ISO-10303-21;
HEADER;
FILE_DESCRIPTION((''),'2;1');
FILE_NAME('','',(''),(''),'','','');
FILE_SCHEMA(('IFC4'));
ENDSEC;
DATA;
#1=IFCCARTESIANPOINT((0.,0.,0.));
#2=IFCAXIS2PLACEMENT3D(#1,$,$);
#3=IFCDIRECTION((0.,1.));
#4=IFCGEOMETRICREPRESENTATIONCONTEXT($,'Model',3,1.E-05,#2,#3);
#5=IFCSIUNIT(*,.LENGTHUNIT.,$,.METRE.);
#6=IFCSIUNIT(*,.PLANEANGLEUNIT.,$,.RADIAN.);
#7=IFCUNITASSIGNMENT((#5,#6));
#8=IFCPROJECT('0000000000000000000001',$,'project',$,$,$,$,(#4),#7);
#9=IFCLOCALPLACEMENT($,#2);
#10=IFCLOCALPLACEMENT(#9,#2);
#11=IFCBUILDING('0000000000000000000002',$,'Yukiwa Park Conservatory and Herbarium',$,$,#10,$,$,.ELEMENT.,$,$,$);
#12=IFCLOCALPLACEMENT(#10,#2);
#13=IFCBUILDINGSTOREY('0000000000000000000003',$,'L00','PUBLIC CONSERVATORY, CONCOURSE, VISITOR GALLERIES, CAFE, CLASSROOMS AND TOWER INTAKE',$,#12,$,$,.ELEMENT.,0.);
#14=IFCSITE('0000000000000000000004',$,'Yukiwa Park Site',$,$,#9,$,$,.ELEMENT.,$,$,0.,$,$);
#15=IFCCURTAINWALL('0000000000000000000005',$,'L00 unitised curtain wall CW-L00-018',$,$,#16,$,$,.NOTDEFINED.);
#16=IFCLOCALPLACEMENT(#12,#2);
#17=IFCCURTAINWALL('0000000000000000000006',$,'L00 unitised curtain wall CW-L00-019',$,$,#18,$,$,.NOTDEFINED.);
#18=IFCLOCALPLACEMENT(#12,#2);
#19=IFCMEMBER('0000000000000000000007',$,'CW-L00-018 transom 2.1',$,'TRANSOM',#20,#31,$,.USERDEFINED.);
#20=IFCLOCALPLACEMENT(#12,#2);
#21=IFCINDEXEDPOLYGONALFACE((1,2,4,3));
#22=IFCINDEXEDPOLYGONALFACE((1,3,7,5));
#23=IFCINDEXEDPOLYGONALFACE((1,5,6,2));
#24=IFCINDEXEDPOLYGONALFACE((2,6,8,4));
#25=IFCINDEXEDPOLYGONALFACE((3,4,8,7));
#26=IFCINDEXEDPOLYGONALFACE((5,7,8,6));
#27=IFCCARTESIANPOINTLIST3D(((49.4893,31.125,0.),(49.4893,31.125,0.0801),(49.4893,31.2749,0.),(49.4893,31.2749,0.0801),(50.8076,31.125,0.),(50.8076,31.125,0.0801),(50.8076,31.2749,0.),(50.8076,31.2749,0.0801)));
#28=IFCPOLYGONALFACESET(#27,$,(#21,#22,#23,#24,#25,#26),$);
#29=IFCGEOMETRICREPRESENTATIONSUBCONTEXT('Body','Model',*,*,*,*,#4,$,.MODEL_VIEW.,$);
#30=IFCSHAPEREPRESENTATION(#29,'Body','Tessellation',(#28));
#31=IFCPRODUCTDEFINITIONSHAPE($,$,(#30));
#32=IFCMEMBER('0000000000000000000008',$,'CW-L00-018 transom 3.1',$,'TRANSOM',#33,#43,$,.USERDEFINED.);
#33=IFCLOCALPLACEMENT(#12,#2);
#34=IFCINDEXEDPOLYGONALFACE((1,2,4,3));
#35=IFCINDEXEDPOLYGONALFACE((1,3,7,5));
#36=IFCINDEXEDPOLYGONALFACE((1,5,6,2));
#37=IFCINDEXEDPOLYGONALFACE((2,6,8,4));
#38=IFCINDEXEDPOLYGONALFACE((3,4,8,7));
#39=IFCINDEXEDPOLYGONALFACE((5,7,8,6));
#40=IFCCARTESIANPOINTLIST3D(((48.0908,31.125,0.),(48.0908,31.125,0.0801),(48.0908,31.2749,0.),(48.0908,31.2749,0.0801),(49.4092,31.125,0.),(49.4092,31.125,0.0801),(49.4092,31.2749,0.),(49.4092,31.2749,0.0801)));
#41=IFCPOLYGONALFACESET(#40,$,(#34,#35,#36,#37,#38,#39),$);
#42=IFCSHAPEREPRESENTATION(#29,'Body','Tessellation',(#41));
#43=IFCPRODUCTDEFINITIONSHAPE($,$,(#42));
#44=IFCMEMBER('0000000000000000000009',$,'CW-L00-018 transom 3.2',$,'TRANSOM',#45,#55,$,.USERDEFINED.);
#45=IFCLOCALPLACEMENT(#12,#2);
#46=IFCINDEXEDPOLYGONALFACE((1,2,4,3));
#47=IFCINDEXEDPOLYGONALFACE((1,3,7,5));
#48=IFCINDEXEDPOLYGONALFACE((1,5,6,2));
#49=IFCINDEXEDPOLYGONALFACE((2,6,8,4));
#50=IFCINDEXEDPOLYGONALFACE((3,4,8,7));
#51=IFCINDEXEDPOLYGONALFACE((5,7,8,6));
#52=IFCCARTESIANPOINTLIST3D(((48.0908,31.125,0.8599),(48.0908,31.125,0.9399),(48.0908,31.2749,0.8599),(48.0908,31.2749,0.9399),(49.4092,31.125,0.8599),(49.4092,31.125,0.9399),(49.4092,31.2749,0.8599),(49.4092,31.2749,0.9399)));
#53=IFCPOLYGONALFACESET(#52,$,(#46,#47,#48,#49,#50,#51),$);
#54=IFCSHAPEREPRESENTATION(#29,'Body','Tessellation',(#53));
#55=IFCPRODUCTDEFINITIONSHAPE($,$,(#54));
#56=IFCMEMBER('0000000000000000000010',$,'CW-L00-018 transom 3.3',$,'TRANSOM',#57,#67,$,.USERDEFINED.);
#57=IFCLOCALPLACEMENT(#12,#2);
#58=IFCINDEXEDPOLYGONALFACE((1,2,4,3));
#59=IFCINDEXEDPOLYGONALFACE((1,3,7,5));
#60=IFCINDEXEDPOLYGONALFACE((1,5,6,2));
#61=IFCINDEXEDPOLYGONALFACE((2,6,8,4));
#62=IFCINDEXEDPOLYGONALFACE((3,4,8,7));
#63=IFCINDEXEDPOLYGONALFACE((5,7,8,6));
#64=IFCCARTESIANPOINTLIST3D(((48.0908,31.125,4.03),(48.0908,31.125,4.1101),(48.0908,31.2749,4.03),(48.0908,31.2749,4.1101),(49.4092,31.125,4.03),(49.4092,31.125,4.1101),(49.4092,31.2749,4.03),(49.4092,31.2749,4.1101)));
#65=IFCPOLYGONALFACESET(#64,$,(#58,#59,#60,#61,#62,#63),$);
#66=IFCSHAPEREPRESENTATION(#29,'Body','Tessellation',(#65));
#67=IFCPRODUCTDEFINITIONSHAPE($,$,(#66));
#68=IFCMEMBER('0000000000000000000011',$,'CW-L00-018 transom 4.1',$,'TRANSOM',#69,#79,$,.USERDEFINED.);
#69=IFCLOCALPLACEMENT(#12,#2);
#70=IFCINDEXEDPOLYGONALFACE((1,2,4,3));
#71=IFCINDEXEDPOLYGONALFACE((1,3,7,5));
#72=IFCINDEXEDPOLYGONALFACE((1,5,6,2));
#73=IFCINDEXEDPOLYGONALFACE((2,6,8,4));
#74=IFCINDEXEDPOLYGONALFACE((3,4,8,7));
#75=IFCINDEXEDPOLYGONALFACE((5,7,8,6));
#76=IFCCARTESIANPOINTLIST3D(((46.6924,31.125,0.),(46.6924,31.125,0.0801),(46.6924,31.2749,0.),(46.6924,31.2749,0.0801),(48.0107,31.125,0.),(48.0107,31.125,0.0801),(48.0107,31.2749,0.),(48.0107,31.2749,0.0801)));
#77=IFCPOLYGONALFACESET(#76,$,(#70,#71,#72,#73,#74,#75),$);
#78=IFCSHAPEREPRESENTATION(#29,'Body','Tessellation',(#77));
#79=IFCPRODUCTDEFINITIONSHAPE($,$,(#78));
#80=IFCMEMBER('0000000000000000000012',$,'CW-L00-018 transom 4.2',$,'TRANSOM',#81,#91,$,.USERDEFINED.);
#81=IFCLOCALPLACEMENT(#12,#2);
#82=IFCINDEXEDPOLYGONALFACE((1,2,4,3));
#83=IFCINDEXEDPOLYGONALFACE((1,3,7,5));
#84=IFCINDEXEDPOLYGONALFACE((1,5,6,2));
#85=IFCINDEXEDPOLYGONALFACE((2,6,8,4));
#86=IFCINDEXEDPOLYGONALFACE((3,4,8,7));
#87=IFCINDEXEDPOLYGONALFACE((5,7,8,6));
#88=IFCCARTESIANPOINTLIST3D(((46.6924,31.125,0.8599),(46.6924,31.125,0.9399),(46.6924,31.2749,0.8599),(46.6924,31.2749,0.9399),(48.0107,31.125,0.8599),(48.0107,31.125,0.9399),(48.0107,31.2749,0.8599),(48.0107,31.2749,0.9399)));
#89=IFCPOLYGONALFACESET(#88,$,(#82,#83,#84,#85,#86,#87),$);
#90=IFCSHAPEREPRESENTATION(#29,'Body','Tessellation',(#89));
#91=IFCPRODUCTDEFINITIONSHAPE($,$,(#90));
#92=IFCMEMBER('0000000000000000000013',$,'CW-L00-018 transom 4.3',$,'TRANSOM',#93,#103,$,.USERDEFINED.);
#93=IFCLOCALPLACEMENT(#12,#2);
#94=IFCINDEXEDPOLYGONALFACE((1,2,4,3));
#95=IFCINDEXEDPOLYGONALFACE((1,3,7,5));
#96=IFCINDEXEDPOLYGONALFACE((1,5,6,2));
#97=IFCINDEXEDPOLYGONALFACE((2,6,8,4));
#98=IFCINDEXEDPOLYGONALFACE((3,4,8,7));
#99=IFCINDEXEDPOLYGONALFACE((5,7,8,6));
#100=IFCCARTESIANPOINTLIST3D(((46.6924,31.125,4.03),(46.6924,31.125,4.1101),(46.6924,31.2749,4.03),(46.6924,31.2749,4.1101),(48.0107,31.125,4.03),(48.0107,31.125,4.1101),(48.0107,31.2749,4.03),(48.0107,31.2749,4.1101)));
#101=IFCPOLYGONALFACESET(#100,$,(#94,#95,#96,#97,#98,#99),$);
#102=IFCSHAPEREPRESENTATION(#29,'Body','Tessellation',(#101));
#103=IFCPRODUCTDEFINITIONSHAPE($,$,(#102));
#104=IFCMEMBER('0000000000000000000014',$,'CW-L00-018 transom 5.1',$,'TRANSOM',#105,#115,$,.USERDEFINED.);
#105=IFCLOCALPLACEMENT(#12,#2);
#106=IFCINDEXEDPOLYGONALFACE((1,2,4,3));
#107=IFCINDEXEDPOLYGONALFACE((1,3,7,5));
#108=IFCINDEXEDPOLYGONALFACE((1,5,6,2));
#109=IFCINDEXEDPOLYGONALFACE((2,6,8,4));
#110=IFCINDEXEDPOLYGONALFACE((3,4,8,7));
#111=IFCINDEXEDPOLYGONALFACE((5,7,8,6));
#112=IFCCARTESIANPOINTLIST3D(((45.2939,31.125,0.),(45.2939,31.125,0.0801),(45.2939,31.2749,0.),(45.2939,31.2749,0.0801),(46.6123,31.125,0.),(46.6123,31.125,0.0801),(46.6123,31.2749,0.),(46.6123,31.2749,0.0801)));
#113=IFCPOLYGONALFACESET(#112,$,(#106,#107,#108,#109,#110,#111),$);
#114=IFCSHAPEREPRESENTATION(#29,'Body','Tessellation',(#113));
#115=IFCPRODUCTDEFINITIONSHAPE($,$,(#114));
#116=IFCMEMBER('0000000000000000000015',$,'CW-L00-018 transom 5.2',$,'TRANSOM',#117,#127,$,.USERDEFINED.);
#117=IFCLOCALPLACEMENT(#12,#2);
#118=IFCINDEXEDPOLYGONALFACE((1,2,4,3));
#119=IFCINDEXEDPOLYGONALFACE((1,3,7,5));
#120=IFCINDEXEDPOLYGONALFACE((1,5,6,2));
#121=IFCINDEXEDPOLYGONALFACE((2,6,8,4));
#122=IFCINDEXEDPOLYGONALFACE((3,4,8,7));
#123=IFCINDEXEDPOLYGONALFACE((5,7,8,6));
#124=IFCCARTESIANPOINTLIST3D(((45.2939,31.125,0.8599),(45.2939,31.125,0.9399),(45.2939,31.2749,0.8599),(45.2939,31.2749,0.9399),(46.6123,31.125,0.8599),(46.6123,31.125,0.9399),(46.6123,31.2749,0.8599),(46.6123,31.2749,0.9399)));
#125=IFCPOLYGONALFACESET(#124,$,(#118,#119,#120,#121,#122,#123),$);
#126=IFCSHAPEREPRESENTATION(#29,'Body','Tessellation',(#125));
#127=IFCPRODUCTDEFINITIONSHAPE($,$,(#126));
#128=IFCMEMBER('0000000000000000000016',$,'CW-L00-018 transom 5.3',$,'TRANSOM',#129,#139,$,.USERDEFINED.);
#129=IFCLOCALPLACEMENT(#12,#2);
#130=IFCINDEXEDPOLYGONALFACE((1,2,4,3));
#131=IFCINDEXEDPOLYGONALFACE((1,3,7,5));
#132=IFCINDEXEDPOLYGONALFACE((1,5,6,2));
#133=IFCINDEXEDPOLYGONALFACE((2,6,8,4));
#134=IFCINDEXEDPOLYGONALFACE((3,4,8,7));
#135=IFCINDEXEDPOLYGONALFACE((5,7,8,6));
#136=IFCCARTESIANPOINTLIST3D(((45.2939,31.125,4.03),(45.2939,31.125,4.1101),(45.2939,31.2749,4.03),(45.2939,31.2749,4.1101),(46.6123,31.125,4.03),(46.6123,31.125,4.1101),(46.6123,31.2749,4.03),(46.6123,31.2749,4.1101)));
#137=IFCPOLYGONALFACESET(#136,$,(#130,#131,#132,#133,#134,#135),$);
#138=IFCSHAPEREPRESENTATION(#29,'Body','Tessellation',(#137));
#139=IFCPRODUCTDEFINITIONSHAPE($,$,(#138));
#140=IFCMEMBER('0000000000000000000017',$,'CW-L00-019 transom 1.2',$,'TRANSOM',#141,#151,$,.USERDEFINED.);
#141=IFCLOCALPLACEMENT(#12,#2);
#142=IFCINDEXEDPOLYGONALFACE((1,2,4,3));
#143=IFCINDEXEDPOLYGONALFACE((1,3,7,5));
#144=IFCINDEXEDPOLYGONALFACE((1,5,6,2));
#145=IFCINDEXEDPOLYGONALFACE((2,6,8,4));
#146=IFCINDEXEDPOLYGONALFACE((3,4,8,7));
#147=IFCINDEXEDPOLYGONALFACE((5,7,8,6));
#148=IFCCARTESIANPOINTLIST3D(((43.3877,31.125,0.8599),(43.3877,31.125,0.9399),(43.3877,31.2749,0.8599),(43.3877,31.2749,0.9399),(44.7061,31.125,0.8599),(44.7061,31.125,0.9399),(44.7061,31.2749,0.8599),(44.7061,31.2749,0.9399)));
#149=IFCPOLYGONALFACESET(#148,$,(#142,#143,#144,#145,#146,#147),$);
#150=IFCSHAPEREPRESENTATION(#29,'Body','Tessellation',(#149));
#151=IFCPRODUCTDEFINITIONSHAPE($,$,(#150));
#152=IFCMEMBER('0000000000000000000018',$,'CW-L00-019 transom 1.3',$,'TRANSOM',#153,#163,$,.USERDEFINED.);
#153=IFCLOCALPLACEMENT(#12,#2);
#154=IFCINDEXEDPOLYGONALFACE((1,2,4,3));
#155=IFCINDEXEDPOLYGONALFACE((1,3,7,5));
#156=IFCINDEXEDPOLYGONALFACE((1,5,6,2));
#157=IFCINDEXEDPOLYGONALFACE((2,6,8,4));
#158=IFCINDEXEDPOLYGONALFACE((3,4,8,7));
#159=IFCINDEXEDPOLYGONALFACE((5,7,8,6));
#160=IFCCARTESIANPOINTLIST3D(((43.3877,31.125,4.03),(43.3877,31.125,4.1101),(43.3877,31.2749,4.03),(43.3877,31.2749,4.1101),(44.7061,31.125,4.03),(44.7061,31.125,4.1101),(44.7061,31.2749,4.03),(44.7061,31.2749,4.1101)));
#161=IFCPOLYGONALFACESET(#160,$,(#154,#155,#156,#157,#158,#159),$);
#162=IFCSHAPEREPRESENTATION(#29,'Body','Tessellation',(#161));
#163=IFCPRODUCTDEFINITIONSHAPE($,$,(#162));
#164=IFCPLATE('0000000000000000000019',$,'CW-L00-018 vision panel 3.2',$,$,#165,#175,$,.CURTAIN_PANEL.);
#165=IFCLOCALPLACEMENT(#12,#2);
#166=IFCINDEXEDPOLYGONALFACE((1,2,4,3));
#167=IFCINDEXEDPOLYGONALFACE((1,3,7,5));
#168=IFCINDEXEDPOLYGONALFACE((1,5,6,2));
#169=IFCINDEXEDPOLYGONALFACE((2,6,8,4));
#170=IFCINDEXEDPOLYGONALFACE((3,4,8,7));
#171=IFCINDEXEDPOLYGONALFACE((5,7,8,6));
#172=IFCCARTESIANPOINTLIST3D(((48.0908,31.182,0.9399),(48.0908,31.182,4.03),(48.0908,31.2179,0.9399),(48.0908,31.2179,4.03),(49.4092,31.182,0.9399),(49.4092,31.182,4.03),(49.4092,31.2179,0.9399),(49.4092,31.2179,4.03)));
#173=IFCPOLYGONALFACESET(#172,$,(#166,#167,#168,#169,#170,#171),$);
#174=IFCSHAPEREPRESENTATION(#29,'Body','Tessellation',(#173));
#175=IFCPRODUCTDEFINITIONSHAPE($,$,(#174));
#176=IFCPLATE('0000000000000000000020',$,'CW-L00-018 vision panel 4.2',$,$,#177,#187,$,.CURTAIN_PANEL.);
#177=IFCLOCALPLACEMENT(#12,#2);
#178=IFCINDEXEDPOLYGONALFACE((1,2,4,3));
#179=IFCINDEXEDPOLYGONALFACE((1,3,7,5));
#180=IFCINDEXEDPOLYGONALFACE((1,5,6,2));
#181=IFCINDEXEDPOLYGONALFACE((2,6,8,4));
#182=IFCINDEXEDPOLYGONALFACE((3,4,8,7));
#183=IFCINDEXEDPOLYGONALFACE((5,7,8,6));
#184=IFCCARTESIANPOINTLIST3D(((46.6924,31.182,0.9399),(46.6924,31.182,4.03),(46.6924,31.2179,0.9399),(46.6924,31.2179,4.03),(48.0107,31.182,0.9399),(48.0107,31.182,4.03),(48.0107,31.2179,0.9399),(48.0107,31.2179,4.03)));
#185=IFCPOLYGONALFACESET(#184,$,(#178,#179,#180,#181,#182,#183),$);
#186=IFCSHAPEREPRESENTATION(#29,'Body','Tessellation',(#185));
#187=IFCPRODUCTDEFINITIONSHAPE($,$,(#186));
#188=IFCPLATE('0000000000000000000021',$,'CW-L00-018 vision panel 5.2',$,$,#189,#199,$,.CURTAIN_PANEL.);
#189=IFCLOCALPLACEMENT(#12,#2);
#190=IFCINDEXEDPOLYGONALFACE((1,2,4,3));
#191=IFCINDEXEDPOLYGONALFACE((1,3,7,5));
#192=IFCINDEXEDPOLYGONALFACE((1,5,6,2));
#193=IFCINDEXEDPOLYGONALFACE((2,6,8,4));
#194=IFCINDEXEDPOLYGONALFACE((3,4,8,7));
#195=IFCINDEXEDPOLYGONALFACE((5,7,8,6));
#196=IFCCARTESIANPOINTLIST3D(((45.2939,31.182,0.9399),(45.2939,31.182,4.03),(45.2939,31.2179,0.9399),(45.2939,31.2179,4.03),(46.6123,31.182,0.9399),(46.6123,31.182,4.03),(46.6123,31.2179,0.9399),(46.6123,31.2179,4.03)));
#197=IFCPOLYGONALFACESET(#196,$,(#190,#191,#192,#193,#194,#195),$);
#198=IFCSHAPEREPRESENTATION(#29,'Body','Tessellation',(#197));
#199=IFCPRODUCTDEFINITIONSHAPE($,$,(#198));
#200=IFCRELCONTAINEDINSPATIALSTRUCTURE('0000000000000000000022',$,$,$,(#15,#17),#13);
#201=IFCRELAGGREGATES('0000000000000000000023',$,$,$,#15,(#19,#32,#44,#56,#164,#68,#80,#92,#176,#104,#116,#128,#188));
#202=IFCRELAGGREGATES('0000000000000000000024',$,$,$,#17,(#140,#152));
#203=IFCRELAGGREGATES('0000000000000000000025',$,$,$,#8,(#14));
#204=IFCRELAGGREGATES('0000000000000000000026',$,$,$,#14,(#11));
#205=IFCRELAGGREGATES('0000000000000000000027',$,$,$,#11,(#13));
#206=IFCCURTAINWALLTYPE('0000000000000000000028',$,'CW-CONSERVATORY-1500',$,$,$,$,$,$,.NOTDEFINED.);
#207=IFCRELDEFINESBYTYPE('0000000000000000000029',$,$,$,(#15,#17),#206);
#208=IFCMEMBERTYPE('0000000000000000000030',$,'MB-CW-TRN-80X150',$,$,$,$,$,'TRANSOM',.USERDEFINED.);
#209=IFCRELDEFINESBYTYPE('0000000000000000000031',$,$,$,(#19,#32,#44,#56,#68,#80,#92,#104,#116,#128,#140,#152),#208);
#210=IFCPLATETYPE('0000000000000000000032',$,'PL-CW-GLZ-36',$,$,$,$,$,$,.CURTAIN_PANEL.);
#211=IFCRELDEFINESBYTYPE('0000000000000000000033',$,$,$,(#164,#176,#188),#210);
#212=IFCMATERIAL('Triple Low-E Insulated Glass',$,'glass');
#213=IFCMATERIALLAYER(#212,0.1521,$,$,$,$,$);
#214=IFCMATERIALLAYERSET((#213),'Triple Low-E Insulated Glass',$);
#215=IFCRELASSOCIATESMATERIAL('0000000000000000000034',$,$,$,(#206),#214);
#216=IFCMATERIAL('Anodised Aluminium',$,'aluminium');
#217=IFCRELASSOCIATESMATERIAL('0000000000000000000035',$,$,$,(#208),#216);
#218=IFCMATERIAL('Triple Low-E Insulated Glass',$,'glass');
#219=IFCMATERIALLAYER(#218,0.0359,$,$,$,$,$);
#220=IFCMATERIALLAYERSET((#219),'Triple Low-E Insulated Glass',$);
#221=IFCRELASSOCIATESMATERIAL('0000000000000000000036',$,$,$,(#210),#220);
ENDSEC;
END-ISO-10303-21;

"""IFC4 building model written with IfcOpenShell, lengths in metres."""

from ifc_helpers import new_model, si_unit, direction, frame, origin, origin_2d, place, context, subcontext, project, spatial, rectangle, extrude, material, layer, layer_set, type_object, element, aggregate, save


model = new_model("IFC4")

# Units and contexts
model_context = context("Model", 3, precision=1e-05, world=origin(), true_north=direction((0.0, 1.0)))
body_context = subcontext(model_context, "Body", "Model", "MODEL_VIEW")
ifc_project = project(units=[si_unit("LENGTHUNIT", "METRE"), si_unit("PLANEANGLEUNIT", "RADIAN")], contexts=[model_context])

# Site, building, storey
site_placement = place(None, origin())
site = spatial("IfcSite", under=ifc_project, at=site_placement, Name="Yukiwa Park Site", CompositionType="ELEMENT", RefElevation=0.0)
building_placement = place(site_placement, origin())
building = spatial("IfcBuilding", under=site, at=building_placement, Name="Yukiwa Park Conservatory and Herbarium", CompositionType="ELEMENT")
storey_placement = place(building_placement, origin())
storey = spatial("IfcBuildingStorey", under=building, at=storey_placement, Name="L00", Description="PUBLIC CONSERVATORY, CONCOURSE, VISITOR GALLERIES, CAFE, CLASSROOMS AND TOWER INTAKE", CompositionType="ELEMENT", Elevation=0.0)

# Curtain wall
ifc_material_1 = material(Name="Triple Low-E Insulated Glass", Category="glass")
ifc_layer_1 = layer(ifc_material_1, 0.1521)
ifc_layer_set_1 = layer_set([ifc_layer_1], Name="Triple Low-E Insulated Glass")
curtain_wall_type = type_object("IfcCurtainWallType", Name="CW-CONSERVATORY-1500", PredefinedType="NOTDEFINED", material=ifc_layer_set_1)
curtain_wall_1_placement = place(storey_placement, origin())
curtain_wall_1 = element("IfcCurtainWall", 1, at=curtain_wall_1_placement, inside=storey, type_object=curtain_wall_type, Name="L00 unitised curtain wall CW-L00-018", PredefinedType="NOTDEFINED")

# Curtain wall
curtain_wall_2_placement = place(storey_placement, origin())
curtain_wall_2 = element("IfcCurtainWall", 2, at=curtain_wall_2_placement, inside=storey, type_object=curtain_wall_type, Name="L00 unitised curtain wall CW-L00-019", PredefinedType="NOTDEFINED")

# Members
ifc_material_2 = material(Name="Anodised Aluminium", Category="aluminium")
member_type_1 = type_object("IfcMemberType", Name="MB-CW-TRN-80X150", ElementType="TRANSOM", PredefinedType="USERDEFINED", material=ifc_material_2)
member_1_placement = place(storey_placement, frame((50.1484, 31.2, 0.0), z_axis=(0.0, 0.0, 1.0), x_axis=(-1.0, 0.0, 0.0)))
member_1 = element("IfcMember", 3, at=member_1_placement, type_object=member_type_1, Name="CW-L00-018 transom 2.1", ObjectType="TRANSOM", PredefinedType="USERDEFINED", context=body_context, shape_type="SweptSolid", body=[
    extrude(rectangle(XDim=1.3184, YDim=0.1499, at=origin_2d()), origin(), (0.0, 0.0, 1.0), 0.0801),
])
member_2_placement = place(storey_placement, frame((48.75, 31.2, 0.0), z_axis=(0.0, 0.0, 1.0), x_axis=(-1.0, 0.0, 0.0)))
member_2 = element("IfcMember", 4, at=member_2_placement, type_object=member_type_1, Name="CW-L00-018 transom 3.1", ObjectType="TRANSOM", PredefinedType="USERDEFINED", context=body_context, shape_type="SweptSolid", body=[
    extrude(rectangle(XDim=1.3184, YDim=0.1499, at=origin_2d()), origin(), (0.0, 0.0, 1.0), 0.0801),
])
member_3_placement = place(storey_placement, frame((48.75, 31.2, 0.8599), z_axis=(0.0, 0.0, 1.0), x_axis=(-1.0, 0.0, 0.0)))
member_3 = element("IfcMember", 5, at=member_3_placement, type_object=member_type_1, Name="CW-L00-018 transom 3.2", ObjectType="TRANSOM", PredefinedType="USERDEFINED", context=body_context, shape_type="SweptSolid", body=[
    extrude(rectangle(XDim=1.3184, YDim=0.1499, at=origin_2d()), origin(), (0.0, 0.0, 1.0), 0.0801),
])
member_4_placement = place(storey_placement, frame((48.75, 31.2, 4.03), z_axis=(0.0, 0.0, 1.0), x_axis=(-1.0, 0.0, 0.0)))
member_4 = element("IfcMember", 6, at=member_4_placement, type_object=member_type_1, Name="CW-L00-018 transom 3.3", ObjectType="TRANSOM", PredefinedType="USERDEFINED", context=body_context, shape_type="SweptSolid", body=[
    extrude(rectangle(XDim=1.3184, YDim=0.1499, at=origin_2d()), origin(), (0.0, 0.0, 1.0), 0.0801),
])
member_5_placement = place(storey_placement, frame((47.3516, 31.2, 0.0), z_axis=(0.0, 0.0, 1.0), x_axis=(-1.0, 0.0, 0.0)))
member_5 = element("IfcMember", 7, at=member_5_placement, type_object=member_type_1, Name="CW-L00-018 transom 4.1", ObjectType="TRANSOM", PredefinedType="USERDEFINED", context=body_context, shape_type="SweptSolid", body=[
    extrude(rectangle(XDim=1.3184, YDim=0.1499, at=origin_2d()), origin(), (0.0, 0.0, 1.0), 0.0801),
])
member_6_placement = place(storey_placement, frame((47.3516, 31.2, 0.8599), z_axis=(0.0, 0.0, 1.0), x_axis=(-1.0, 0.0, 0.0)))
member_6 = element("IfcMember", 8, at=member_6_placement, type_object=member_type_1, Name="CW-L00-018 transom 4.2", ObjectType="TRANSOM", PredefinedType="USERDEFINED", context=body_context, shape_type="SweptSolid", body=[
    extrude(rectangle(XDim=1.3184, YDim=0.1499, at=origin_2d()), origin(), (0.0, 0.0, 1.0), 0.0801),
])
member_7_placement = place(storey_placement, frame((47.3516, 31.2, 4.03), z_axis=(0.0, 0.0, 1.0), x_axis=(-1.0, 0.0, 0.0)))
member_7 = element("IfcMember", 9, at=member_7_placement, type_object=member_type_1, Name="CW-L00-018 transom 4.3", ObjectType="TRANSOM", PredefinedType="USERDEFINED", context=body_context, shape_type="SweptSolid", body=[
    extrude(rectangle(XDim=1.3184, YDim=0.1499, at=origin_2d()), origin(), (0.0, 0.0, 1.0), 0.0801),
])
member_8_placement = place(storey_placement, frame((45.9531, 31.2, 0.0), z_axis=(0.0, 0.0, 1.0), x_axis=(-1.0, 0.0, 0.0)))
member_8 = element("IfcMember", 10, at=member_8_placement, type_object=member_type_1, Name="CW-L00-018 transom 5.1", ObjectType="TRANSOM", PredefinedType="USERDEFINED", context=body_context, shape_type="SweptSolid", body=[
    extrude(rectangle(XDim=1.3184, YDim=0.1499, at=origin_2d()), origin(), (0.0, 0.0, 1.0), 0.0801),
])
member_9_placement = place(storey_placement, frame((45.9531, 31.2, 0.8599), z_axis=(0.0, 0.0, 1.0), x_axis=(-1.0, 0.0, 0.0)))
member_9 = element("IfcMember", 11, at=member_9_placement, type_object=member_type_1, Name="CW-L00-018 transom 5.2", ObjectType="TRANSOM", PredefinedType="USERDEFINED", context=body_context, shape_type="SweptSolid", body=[
    extrude(rectangle(XDim=1.3184, YDim=0.1499, at=origin_2d()), origin(), (0.0, 0.0, 1.0), 0.0801),
])
member_10_placement = place(storey_placement, frame((45.9531, 31.2, 4.03), z_axis=(0.0, 0.0, 1.0), x_axis=(-1.0, 0.0, 0.0)))
member_10 = element("IfcMember", 12, at=member_10_placement, type_object=member_type_1, Name="CW-L00-018 transom 5.3", ObjectType="TRANSOM", PredefinedType="USERDEFINED", context=body_context, shape_type="SweptSolid", body=[
    extrude(rectangle(XDim=1.3184, YDim=0.1499, at=origin_2d()), origin(), (0.0, 0.0, 1.0), 0.0801),
])
member_11_placement = place(storey_placement, frame((44.0469, 31.2, 0.8599), z_axis=(0.0, 0.0, 1.0), x_axis=(-1.0, 0.0, 0.0)))
member_11 = element("IfcMember", 13, at=member_11_placement, type_object=member_type_1, Name="CW-L00-019 transom 1.2", ObjectType="TRANSOM", PredefinedType="USERDEFINED", context=body_context, shape_type="SweptSolid", body=[
    extrude(rectangle(XDim=1.3184, YDim=0.1499, at=origin_2d()), origin(), (0.0, 0.0, 1.0), 0.0801),
])
member_12_placement = place(storey_placement, frame((44.0469, 31.2, 4.03), z_axis=(0.0, 0.0, 1.0), x_axis=(-1.0, 0.0, 0.0)))
member_12 = element("IfcMember", 14, at=member_12_placement, type_object=member_type_1, Name="CW-L00-019 transom 1.3", ObjectType="TRANSOM", PredefinedType="USERDEFINED", context=body_context, shape_type="SweptSolid", body=[
    extrude(rectangle(XDim=1.3184, YDim=0.1499, at=origin_2d()), origin(), (0.0, 0.0, 1.0), 0.0801),
])

# Plates
ifc_material_3 = material(Name="Triple Low-E Insulated Glass", Category="glass")
ifc_layer_2 = layer(ifc_material_3, 0.0359)
ifc_layer_set_2 = layer_set([ifc_layer_2], Name="Triple Low-E Insulated Glass")
plate_type_1 = type_object("IfcPlateType", Name="PL-CW-GLZ-36", PredefinedType="CURTAIN_PANEL", material=ifc_layer_set_2)
plate_1_placement = place(storey_placement, frame((48.75, 31.2, 0.9399), z_axis=(0.0, 0.0, 1.0), x_axis=(-1.0, 0.0, 0.0)))
plate_1 = element("IfcPlate", 15, at=plate_1_placement, type_object=plate_type_1, Name="CW-L00-018 vision panel 3.2", PredefinedType="CURTAIN_PANEL", context=body_context, shape_type="SweptSolid", body=[
    extrude(rectangle(XDim=1.3184, YDim=0.0359, at=origin_2d()), origin(), (0.0, 0.0, 1.0), 3.0901),
])
plate_2_placement = place(storey_placement, frame((47.3516, 31.2, 0.9399), z_axis=(0.0, 0.0, 1.0), x_axis=(-1.0, 0.0, 0.0)))
plate_2 = element("IfcPlate", 16, at=plate_2_placement, type_object=plate_type_1, Name="CW-L00-018 vision panel 4.2", PredefinedType="CURTAIN_PANEL", context=body_context, shape_type="SweptSolid", body=[
    extrude(rectangle(XDim=1.3184, YDim=0.0359, at=origin_2d()), origin(), (0.0, 0.0, 1.0), 3.0901),
])
plate_3_placement = place(storey_placement, frame((45.9531, 31.2, 0.9399), z_axis=(0.0, 0.0, 1.0), x_axis=(-1.0, 0.0, 0.0)))
plate_3 = element("IfcPlate", 17, at=plate_3_placement, type_object=plate_type_1, Name="CW-L00-018 vision panel 5.2", PredefinedType="CURTAIN_PANEL", context=body_context, shape_type="SweptSolid", body=[
    extrude(rectangle(XDim=1.3184, YDim=0.0359, at=origin_2d()), origin(), (0.0, 0.0, 1.0), 3.0901),
])
aggregate(curtain_wall_1, [member_1, member_2, member_3, member_4, plate_1, member_5, member_6, member_7, plate_2, member_8, member_9, member_10, plate_3])
aggregate(curtain_wall_2, [member_11, member_12])

save(model, "model.ifc")
